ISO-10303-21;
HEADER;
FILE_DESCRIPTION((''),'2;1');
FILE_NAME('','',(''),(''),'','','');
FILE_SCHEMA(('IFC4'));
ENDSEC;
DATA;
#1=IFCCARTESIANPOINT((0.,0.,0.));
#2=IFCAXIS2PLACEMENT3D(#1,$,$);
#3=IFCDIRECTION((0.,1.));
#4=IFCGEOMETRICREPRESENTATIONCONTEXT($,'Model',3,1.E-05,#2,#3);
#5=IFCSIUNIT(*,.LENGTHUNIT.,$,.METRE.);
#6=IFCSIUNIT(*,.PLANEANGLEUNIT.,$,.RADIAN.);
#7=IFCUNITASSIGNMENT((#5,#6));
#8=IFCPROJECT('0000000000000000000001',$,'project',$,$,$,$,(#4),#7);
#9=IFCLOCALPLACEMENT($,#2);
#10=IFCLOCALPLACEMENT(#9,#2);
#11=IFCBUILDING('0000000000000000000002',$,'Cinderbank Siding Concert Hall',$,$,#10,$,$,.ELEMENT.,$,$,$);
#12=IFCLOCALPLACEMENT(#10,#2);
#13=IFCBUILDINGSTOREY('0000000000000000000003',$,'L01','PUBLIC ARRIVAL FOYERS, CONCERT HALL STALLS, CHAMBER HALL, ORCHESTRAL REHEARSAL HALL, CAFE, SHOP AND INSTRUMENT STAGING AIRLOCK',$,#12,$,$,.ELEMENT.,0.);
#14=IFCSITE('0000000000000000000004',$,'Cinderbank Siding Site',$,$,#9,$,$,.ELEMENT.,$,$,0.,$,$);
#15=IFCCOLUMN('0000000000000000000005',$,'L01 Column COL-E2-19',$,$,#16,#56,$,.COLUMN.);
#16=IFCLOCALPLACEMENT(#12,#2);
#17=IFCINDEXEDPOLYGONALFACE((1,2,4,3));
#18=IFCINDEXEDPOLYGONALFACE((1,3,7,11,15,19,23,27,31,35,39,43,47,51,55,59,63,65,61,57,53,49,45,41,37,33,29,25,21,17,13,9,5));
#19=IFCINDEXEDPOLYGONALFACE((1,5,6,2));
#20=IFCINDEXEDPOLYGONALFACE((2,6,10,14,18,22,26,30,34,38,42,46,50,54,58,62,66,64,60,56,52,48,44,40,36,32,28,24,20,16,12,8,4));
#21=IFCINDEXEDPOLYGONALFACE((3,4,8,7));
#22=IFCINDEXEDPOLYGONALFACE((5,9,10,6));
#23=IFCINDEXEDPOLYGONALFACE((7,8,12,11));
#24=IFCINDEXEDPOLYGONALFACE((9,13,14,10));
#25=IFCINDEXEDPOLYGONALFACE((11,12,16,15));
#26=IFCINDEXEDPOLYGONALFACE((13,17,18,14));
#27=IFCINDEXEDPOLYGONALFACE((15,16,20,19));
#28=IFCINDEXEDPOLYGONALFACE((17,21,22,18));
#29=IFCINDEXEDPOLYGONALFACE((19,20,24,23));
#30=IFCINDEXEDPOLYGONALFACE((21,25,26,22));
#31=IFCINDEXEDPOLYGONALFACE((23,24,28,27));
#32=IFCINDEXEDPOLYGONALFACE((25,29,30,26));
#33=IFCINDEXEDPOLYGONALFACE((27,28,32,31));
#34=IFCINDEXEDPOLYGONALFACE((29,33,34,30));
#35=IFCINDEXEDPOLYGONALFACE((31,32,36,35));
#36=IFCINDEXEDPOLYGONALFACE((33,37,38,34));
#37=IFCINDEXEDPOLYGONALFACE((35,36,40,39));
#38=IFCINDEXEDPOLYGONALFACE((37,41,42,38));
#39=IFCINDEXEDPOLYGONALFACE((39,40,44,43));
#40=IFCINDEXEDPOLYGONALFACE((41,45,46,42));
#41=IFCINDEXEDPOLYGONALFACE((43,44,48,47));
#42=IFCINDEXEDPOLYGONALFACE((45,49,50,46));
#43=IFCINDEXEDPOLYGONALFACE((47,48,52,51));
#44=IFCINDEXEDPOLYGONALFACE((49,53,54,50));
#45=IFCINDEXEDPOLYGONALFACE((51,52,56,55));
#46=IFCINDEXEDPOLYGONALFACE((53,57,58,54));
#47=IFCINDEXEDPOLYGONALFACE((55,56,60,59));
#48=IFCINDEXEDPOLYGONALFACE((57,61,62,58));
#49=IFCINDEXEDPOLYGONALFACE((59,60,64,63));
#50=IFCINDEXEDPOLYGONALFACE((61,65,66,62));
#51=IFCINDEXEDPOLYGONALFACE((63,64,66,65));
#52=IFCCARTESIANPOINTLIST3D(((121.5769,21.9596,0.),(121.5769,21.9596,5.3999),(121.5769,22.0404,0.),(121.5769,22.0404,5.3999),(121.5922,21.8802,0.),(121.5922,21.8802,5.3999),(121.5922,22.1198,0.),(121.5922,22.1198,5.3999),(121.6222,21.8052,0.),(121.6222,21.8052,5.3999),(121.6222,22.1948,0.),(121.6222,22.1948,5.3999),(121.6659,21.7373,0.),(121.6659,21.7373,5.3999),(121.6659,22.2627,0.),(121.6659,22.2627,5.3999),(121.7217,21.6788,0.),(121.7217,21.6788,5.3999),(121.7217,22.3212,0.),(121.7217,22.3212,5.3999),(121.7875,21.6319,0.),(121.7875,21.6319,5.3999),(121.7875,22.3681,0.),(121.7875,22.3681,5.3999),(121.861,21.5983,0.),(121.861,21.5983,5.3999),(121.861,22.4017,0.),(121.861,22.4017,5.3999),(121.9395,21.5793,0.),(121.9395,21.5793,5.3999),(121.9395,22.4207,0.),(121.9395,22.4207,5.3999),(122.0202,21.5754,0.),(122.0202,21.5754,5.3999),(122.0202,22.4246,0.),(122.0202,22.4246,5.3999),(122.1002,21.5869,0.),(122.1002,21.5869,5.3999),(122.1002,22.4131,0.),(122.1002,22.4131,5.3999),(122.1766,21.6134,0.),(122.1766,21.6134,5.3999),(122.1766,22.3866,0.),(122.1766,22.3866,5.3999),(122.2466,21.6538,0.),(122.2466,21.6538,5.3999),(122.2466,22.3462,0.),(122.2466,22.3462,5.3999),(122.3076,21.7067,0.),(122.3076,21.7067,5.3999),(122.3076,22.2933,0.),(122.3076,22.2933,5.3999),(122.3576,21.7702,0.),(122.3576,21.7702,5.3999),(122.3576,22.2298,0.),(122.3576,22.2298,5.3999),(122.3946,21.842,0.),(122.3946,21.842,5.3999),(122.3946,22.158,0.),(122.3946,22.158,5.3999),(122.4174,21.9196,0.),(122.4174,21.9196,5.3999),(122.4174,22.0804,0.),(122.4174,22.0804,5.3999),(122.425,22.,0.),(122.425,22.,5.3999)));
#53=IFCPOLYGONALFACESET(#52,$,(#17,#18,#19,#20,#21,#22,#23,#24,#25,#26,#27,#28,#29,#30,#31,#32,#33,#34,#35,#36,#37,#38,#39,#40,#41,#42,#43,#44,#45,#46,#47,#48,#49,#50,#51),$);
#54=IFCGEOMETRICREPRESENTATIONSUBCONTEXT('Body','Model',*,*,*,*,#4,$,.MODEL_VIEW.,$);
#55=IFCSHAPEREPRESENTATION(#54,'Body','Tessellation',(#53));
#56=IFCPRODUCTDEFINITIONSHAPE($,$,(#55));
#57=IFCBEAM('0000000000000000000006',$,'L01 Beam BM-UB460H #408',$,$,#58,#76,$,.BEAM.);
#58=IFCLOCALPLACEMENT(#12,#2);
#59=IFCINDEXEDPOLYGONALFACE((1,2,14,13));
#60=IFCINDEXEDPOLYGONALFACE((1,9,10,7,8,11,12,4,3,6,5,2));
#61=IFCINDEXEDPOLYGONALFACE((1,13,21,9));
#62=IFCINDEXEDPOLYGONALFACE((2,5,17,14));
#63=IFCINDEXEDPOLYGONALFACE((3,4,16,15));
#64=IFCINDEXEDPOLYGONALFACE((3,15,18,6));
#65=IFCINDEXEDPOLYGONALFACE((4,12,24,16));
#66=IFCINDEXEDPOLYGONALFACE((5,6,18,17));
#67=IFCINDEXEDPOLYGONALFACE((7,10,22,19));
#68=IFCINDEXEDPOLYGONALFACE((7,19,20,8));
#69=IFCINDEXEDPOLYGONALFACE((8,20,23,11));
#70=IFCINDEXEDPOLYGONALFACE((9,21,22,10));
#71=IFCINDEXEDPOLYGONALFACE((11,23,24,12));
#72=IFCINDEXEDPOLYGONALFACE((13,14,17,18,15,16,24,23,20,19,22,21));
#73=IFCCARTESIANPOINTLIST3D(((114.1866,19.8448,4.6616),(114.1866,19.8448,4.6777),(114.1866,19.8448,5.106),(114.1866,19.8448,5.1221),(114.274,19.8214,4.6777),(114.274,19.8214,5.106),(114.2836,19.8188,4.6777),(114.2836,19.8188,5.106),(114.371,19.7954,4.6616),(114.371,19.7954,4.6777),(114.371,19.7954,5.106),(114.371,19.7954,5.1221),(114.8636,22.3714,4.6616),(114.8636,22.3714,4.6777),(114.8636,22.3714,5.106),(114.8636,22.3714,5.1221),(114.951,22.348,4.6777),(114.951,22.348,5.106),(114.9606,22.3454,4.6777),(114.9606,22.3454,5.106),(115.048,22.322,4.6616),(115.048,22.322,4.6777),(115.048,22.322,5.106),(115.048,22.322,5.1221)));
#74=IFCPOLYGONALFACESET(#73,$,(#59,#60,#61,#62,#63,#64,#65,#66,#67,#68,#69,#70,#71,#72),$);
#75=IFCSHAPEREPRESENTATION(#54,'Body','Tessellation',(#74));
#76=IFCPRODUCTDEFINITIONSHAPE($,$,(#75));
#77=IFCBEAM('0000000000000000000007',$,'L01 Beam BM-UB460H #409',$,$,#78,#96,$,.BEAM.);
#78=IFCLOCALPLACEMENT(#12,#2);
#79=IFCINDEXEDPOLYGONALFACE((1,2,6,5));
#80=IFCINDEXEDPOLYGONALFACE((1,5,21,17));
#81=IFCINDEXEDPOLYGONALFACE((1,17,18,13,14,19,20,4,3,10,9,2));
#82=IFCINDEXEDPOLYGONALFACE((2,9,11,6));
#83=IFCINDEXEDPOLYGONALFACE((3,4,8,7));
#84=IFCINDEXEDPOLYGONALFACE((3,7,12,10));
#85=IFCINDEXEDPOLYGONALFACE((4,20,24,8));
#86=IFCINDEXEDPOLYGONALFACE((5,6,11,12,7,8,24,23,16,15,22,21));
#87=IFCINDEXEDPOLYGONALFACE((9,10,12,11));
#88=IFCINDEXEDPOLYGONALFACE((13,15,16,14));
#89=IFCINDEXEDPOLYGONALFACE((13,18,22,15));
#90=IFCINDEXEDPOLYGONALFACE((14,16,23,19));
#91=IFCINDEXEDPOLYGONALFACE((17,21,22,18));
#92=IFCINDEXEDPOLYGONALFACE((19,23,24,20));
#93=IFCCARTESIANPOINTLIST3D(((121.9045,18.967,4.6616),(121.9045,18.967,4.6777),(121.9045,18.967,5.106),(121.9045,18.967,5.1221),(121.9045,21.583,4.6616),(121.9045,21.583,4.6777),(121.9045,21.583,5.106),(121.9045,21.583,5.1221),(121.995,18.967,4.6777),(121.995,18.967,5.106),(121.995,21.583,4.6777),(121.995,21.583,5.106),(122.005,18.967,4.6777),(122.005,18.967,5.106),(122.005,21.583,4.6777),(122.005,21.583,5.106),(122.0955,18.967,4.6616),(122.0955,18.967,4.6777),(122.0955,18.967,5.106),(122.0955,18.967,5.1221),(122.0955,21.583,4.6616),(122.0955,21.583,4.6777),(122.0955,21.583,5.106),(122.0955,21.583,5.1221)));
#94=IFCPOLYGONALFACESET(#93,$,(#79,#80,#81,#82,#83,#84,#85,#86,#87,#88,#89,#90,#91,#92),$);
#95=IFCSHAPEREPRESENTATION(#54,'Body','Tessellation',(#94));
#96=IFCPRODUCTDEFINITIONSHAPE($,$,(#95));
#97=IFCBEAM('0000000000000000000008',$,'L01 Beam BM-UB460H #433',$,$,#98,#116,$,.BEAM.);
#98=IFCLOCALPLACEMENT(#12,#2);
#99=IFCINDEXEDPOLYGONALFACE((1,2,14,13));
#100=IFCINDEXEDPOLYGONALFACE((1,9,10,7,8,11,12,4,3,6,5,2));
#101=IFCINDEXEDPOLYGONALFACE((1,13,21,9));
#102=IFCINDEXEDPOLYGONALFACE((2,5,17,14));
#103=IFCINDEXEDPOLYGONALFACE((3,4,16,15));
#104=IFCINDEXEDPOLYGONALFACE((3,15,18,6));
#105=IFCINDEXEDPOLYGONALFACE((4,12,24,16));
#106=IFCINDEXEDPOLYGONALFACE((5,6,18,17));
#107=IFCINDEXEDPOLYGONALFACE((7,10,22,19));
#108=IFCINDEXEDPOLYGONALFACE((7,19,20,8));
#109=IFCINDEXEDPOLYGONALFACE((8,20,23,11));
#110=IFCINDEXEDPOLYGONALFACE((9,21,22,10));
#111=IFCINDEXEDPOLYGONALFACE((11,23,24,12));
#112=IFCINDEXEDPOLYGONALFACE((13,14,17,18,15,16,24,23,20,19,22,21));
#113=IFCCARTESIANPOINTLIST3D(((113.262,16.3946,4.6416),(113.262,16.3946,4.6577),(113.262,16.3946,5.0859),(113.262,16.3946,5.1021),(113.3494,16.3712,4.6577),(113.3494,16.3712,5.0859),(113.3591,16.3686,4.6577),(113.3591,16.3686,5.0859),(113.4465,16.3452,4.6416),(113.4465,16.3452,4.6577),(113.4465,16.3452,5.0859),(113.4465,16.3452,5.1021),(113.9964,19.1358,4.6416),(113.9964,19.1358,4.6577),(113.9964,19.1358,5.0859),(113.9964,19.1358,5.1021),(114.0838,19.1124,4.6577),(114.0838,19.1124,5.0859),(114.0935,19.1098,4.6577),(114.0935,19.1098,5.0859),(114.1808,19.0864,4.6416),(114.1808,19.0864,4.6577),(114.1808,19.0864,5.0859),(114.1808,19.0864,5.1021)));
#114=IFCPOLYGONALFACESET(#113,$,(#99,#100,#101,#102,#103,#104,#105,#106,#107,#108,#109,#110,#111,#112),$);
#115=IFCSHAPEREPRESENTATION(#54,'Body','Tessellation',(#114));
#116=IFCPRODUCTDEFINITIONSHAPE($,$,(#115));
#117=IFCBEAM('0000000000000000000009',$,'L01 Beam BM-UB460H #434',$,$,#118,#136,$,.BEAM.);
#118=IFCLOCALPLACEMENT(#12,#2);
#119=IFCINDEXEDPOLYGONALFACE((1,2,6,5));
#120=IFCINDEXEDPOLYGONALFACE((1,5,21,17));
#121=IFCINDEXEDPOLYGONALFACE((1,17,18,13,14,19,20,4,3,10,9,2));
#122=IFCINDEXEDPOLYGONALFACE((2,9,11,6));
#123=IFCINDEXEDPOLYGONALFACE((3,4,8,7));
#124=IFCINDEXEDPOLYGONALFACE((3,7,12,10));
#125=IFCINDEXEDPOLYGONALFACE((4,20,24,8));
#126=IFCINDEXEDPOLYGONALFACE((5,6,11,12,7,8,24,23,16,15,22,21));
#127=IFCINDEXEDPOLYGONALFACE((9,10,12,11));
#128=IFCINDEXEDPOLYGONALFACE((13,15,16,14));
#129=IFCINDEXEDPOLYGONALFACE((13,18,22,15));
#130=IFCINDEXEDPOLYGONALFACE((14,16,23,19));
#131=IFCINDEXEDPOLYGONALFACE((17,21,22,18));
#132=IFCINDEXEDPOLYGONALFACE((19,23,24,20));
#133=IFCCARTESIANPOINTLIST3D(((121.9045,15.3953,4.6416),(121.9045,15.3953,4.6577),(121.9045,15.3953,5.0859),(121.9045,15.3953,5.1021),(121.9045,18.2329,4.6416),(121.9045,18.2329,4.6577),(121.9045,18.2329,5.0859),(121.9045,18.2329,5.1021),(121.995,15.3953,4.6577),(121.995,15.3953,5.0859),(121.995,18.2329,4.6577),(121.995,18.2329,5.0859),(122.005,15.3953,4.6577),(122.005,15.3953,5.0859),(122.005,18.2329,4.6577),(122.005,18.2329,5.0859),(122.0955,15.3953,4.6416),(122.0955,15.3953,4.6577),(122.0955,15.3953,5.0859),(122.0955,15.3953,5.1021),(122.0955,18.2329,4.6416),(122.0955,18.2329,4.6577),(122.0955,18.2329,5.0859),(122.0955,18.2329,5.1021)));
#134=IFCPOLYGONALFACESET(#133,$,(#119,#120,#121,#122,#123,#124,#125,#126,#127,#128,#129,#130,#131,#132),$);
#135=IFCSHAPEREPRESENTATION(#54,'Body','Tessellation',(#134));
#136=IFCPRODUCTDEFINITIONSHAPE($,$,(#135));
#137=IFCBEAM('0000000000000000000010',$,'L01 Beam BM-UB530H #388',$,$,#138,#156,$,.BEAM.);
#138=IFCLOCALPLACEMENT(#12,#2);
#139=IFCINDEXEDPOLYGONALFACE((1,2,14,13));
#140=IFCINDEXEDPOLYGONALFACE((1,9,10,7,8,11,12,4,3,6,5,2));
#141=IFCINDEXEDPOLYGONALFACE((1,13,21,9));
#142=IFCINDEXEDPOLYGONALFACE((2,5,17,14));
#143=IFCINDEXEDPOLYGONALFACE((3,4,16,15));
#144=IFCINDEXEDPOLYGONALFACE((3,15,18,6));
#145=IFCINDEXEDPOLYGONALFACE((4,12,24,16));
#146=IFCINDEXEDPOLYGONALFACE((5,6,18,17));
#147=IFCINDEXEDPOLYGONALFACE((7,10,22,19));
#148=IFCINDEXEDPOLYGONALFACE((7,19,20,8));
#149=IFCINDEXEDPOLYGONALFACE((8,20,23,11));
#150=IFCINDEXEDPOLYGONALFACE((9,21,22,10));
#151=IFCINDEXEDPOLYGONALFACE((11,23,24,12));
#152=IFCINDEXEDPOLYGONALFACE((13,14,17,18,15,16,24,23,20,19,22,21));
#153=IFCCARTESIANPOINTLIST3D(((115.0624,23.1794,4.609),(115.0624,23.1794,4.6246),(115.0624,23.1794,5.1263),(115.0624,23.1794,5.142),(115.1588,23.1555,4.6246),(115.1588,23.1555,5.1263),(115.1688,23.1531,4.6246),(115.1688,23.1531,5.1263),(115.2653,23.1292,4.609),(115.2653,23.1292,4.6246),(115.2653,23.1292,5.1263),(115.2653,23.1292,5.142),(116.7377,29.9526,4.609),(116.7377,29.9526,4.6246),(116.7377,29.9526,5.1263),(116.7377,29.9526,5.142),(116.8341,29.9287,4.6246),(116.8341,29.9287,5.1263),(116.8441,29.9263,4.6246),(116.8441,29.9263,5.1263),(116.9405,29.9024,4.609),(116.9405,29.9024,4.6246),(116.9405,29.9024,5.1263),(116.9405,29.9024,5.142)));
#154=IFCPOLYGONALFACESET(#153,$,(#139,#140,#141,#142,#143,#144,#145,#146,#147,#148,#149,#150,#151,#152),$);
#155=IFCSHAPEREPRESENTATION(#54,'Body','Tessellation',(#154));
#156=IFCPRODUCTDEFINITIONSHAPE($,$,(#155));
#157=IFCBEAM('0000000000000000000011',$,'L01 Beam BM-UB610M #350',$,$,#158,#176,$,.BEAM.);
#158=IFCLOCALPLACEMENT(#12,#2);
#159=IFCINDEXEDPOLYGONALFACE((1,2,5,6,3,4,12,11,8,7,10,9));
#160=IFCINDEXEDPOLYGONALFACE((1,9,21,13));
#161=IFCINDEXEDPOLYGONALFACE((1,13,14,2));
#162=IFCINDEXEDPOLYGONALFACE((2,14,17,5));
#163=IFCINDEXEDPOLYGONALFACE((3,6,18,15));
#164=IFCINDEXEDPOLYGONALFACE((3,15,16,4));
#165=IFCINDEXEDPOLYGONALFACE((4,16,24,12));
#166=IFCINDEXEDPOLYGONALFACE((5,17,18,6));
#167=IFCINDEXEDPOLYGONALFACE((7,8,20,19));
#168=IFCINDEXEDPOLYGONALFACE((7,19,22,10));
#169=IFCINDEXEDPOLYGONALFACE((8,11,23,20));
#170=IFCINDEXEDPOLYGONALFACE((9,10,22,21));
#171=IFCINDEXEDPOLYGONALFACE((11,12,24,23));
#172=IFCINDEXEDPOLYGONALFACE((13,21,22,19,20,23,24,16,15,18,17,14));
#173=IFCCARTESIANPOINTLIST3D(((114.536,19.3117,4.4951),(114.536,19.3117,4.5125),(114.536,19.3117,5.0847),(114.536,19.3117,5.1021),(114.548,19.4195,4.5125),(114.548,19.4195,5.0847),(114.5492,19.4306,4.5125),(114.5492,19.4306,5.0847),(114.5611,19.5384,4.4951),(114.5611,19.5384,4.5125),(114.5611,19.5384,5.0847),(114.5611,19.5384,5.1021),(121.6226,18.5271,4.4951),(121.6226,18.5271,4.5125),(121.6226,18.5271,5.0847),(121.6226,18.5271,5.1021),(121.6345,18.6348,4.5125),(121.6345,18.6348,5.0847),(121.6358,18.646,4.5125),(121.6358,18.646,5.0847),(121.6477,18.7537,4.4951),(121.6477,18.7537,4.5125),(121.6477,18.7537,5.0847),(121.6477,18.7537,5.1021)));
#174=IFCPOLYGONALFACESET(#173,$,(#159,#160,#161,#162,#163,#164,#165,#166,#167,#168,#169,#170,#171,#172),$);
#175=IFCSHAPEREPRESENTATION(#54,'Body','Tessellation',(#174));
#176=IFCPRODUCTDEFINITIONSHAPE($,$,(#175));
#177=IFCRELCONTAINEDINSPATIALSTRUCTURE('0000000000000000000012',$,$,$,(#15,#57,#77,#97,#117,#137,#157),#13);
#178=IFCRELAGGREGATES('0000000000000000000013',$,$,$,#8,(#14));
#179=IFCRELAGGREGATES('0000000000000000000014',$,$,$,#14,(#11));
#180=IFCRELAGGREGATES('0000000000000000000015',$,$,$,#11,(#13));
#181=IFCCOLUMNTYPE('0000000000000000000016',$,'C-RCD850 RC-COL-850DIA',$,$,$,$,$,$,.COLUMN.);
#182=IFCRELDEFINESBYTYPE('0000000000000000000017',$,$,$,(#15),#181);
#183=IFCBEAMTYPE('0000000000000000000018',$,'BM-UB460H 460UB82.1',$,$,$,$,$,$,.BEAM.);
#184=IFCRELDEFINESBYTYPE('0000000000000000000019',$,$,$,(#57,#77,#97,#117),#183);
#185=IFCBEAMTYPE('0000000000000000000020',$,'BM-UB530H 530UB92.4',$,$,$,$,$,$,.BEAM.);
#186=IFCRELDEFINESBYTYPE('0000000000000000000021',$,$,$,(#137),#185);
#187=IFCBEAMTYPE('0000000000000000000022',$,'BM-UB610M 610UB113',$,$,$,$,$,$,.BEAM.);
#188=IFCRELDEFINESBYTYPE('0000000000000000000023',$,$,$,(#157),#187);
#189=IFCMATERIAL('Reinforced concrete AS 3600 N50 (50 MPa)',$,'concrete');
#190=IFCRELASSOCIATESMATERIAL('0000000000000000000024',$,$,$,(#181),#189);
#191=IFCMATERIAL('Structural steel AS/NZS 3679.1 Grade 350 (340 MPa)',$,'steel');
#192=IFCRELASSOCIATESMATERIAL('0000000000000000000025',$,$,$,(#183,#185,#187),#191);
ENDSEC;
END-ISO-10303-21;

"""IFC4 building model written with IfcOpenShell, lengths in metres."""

from ifc_helpers import new_model, si_unit, direction, frame, origin, origin_2d, place, context, subcontext, project, spatial, circle, i_section, extrude, material, material_profile, profile_set, type_object, element, save


model = new_model("IFC4")

# Units and contexts
model_context = context("Model", 3, precision=1e-05, world=origin(), true_north=direction((0.0, 1.0)))
body_context = subcontext(model_context, "Body", "Model", "MODEL_VIEW")
ifc_project = project(units=[si_unit("LENGTHUNIT", "METRE"), si_unit("PLANEANGLEUNIT", "RADIAN")], contexts=[model_context])

# Site, building, storey
site_placement = place(None, origin())
site = spatial("IfcSite", under=ifc_project, at=site_placement, Name="Cinderbank Siding Site", CompositionType="ELEMENT", RefElevation=0.0)
building_placement = place(site_placement, origin())
building = spatial("IfcBuilding", under=site, at=building_placement, Name="Cinderbank Siding Concert Hall", CompositionType="ELEMENT")
storey_placement = place(building_placement, origin())
storey = spatial("IfcBuildingStorey", under=building, at=storey_placement, Name="L01", Description="PUBLIC ARRIVAL FOYERS, CONCERT HALL STALLS, CHAMBER HALL, ORCHESTRAL REHEARSAL HALL, CAFE, SHOP AND INSTRUMENT STAGING AIRLOCK", CompositionType="ELEMENT", Elevation=0.0)

# Column
ifc_material_1 = material(Name="Reinforced concrete AS 3600 N50 (50 MPa)", Category="concrete")
ifc_material_profile_1 = material_profile(ifc_material_1, circle(Radius=0.425, at=origin_2d()), Name="RC-COL-850DIA", Category="LoadBearing")
ifc_profile_set_1 = profile_set([ifc_material_profile_1], Name="Reinforced concrete AS 3600 N50 (50 MPa)")
column_type_1 = type_object("IfcColumnType", Name="C-RCD850 RC-COL-850DIA", PredefinedType="COLUMN", material=ifc_profile_set_1)
for number, where, z_axis, x_axis, name in (
    (1, (122.0, 22.0, 0.0), (0.0, 0.0, 1.0), (1.0, 0.0, 0.0), "L01 Column COL-E2-19"),
):
    element("IfcColumn", number, at=place(storey_placement, frame(where, z_axis=z_axis, x_axis=x_axis)), inside=storey, type_object=column_type_1, Name=name, PredefinedType="COLUMN", context=body_context, shape_type="SweptSolid", body=[
        extrude(circle(Radius=0.425, at=origin_2d()), origin(), (0.0, 0.0, 1.0), 5.3999),
    ])

# Beams
ifc_material_2 = material(Name="Structural steel AS/NZS 3679.1 Grade 350 (340 MPa)", Category="steel")
ifc_material_profile_2 = material_profile(ifc_material_2, i_section(OverallWidth=0.1909, OverallDepth=0.4604, WebThickness=0.01, FlangeThickness=0.0161, at=origin_2d()), Name="460UB82.1", Category="LoadBearing")
ifc_profile_set_2 = profile_set([ifc_material_profile_2], Name="Structural steel AS/NZS 3679.1 Grade 350 (340 MPa)")
beam_type_1 = type_object("IfcBeamType", Name="BM-UB460H 460UB82.1", PredefinedType="BEAM", material=ifc_profile_set_2)
beam_1_placement = place(storey_placement, frame((114.9558, 22.3467, 4.8918), z_axis=(-0.258819, -0.965926, 0.0), x_axis=(0.965926, -0.258819, 0.0)))
element("IfcBeam", 2, at=beam_1_placement, inside=storey, type_object=beam_type_1, Name="L01 Beam BM-UB460H #408", PredefinedType="BEAM", context=body_context, shape_type="SweptSolid", body=[
    extrude(i_section(OverallWidth=0.1909, OverallDepth=0.4604, WebThickness=0.01, FlangeThickness=0.0161, at=origin_2d()), origin(), (0.0, 0.0, 1.0), 2.6157),
])
beam_2_placement = place(storey_placement, frame((122.0, 21.583, 4.8918), z_axis=(0.0, -1.0, 0.0), x_axis=(1.0, 0.0, 0.0)))
element("IfcBeam", 3, at=beam_2_placement, inside=storey, type_object=beam_type_1, Name="L01 Beam BM-UB460H #409", PredefinedType="BEAM", context=body_context, shape_type="SweptSolid", body=[
    extrude(i_section(OverallWidth=0.1909, OverallDepth=0.4604, WebThickness=0.01, FlangeThickness=0.0161, at=origin_2d()), origin(), (0.0, 0.0, 1.0), 2.616),
])
beam_3_placement = place(storey_placement, frame((114.0886, 19.1111, 4.8718), z_axis=(-0.258776, -0.965937, 0.0), x_axis=(0.965937, -0.258776, 0.0)))
element("IfcBeam", 4, at=beam_3_placement, inside=storey, type_object=beam_type_1, Name="L01 Beam BM-UB460H #433", PredefinedType="BEAM", context=body_context, shape_type="SweptSolid", body=[
    extrude(i_section(OverallWidth=0.1909, OverallDepth=0.4604, WebThickness=0.01, FlangeThickness=0.0161, at=origin_2d()), origin(), (0.0, 0.0, 1.0), 2.8379),
])
beam_4_placement = place(storey_placement, frame((122.0, 18.2329, 4.8718), z_axis=(0.0, -1.0, 0.0), x_axis=(1.0, 0.0, 0.0)))
element("IfcBeam", 5, at=beam_4_placement, inside=storey, type_object=beam_type_1, Name="L01 Beam BM-UB460H #434", PredefinedType="BEAM", context=body_context, shape_type="SweptSolid", body=[
    extrude(i_section(OverallWidth=0.1909, OverallDepth=0.4604, WebThickness=0.01, FlangeThickness=0.0161, at=origin_2d()), origin(), (0.0, 0.0, 1.0), 2.8376),
])
ifc_material_profile_3 = material_profile(ifc_material_2, i_section(OverallWidth=0.209, OverallDepth=0.533, WebThickness=0.0103, FlangeThickness=0.0156, at=origin_2d()), Name="530UB92.4", Category="LoadBearing")
ifc_profile_set_3 = profile_set([ifc_material_profile_3], Name="Structural steel AS/NZS 3679.1 Grade 350 (340 MPa)")
beam_type_2 = type_object("IfcBeamType", Name="BM-UB530H 530UB92.4", PredefinedType="BEAM", material=ifc_profile_set_3)
beam_5_placement = place(storey_placement, frame((116.8391, 29.9275, 4.8755), z_axis=(-0.240106, -0.970747, 0.0), x_axis=(0.970747, -0.240106, 0.0)))
element("IfcBeam", 6, at=beam_5_placement, inside=storey, type_object=beam_type_2, Name="L01 Beam BM-UB530H #388", PredefinedType="BEAM", context=body_context, shape_type="SweptSolid", body=[
    extrude(i_section(OverallWidth=0.209, OverallDepth=0.533, WebThickness=0.0103, FlangeThickness=0.0156, at=origin_2d()), origin(), (0.0, 0.0, 1.0), 6.9773),
])
ifc_material_profile_4 = material_profile(ifc_material_2, i_section(OverallWidth=0.228, OverallDepth=0.6069, WebThickness=0.0112, FlangeThickness=0.0173, at=origin_2d()), Name="610UB113", Category="LoadBearing")
ifc_profile_set_4 = profile_set([ifc_material_profile_4], Name="Structural steel AS/NZS 3679.1 Grade 350 (340 MPa)")
beam_type_3 = type_object("IfcBeamType", Name="BM-UB610M 610UB113", PredefinedType="BEAM", material=ifc_profile_set_4)
for number, where, z_axis, x_axis, name in (
    (7, (114.5486, 19.425, 4.7986), (0.993926, -0.110052, 0.0), (0.110052, 0.993926, 0.0), "L01 Beam BM-UB610M #350"),
):
    element("IfcBeam", number, at=place(storey_placement, frame(where, z_axis=z_axis, x_axis=x_axis)), inside=storey, type_object=beam_type_3, Name=name, PredefinedType="BEAM", context=body_context, shape_type="SweptSolid", body=[
        extrude(i_section(OverallWidth=0.228, OverallDepth=0.6069, WebThickness=0.0112, FlangeThickness=0.0173, at=origin_2d()), origin(), (0.0, 0.0, 1.0), 7.1299),
    ])

save(model, "model.ifc")
